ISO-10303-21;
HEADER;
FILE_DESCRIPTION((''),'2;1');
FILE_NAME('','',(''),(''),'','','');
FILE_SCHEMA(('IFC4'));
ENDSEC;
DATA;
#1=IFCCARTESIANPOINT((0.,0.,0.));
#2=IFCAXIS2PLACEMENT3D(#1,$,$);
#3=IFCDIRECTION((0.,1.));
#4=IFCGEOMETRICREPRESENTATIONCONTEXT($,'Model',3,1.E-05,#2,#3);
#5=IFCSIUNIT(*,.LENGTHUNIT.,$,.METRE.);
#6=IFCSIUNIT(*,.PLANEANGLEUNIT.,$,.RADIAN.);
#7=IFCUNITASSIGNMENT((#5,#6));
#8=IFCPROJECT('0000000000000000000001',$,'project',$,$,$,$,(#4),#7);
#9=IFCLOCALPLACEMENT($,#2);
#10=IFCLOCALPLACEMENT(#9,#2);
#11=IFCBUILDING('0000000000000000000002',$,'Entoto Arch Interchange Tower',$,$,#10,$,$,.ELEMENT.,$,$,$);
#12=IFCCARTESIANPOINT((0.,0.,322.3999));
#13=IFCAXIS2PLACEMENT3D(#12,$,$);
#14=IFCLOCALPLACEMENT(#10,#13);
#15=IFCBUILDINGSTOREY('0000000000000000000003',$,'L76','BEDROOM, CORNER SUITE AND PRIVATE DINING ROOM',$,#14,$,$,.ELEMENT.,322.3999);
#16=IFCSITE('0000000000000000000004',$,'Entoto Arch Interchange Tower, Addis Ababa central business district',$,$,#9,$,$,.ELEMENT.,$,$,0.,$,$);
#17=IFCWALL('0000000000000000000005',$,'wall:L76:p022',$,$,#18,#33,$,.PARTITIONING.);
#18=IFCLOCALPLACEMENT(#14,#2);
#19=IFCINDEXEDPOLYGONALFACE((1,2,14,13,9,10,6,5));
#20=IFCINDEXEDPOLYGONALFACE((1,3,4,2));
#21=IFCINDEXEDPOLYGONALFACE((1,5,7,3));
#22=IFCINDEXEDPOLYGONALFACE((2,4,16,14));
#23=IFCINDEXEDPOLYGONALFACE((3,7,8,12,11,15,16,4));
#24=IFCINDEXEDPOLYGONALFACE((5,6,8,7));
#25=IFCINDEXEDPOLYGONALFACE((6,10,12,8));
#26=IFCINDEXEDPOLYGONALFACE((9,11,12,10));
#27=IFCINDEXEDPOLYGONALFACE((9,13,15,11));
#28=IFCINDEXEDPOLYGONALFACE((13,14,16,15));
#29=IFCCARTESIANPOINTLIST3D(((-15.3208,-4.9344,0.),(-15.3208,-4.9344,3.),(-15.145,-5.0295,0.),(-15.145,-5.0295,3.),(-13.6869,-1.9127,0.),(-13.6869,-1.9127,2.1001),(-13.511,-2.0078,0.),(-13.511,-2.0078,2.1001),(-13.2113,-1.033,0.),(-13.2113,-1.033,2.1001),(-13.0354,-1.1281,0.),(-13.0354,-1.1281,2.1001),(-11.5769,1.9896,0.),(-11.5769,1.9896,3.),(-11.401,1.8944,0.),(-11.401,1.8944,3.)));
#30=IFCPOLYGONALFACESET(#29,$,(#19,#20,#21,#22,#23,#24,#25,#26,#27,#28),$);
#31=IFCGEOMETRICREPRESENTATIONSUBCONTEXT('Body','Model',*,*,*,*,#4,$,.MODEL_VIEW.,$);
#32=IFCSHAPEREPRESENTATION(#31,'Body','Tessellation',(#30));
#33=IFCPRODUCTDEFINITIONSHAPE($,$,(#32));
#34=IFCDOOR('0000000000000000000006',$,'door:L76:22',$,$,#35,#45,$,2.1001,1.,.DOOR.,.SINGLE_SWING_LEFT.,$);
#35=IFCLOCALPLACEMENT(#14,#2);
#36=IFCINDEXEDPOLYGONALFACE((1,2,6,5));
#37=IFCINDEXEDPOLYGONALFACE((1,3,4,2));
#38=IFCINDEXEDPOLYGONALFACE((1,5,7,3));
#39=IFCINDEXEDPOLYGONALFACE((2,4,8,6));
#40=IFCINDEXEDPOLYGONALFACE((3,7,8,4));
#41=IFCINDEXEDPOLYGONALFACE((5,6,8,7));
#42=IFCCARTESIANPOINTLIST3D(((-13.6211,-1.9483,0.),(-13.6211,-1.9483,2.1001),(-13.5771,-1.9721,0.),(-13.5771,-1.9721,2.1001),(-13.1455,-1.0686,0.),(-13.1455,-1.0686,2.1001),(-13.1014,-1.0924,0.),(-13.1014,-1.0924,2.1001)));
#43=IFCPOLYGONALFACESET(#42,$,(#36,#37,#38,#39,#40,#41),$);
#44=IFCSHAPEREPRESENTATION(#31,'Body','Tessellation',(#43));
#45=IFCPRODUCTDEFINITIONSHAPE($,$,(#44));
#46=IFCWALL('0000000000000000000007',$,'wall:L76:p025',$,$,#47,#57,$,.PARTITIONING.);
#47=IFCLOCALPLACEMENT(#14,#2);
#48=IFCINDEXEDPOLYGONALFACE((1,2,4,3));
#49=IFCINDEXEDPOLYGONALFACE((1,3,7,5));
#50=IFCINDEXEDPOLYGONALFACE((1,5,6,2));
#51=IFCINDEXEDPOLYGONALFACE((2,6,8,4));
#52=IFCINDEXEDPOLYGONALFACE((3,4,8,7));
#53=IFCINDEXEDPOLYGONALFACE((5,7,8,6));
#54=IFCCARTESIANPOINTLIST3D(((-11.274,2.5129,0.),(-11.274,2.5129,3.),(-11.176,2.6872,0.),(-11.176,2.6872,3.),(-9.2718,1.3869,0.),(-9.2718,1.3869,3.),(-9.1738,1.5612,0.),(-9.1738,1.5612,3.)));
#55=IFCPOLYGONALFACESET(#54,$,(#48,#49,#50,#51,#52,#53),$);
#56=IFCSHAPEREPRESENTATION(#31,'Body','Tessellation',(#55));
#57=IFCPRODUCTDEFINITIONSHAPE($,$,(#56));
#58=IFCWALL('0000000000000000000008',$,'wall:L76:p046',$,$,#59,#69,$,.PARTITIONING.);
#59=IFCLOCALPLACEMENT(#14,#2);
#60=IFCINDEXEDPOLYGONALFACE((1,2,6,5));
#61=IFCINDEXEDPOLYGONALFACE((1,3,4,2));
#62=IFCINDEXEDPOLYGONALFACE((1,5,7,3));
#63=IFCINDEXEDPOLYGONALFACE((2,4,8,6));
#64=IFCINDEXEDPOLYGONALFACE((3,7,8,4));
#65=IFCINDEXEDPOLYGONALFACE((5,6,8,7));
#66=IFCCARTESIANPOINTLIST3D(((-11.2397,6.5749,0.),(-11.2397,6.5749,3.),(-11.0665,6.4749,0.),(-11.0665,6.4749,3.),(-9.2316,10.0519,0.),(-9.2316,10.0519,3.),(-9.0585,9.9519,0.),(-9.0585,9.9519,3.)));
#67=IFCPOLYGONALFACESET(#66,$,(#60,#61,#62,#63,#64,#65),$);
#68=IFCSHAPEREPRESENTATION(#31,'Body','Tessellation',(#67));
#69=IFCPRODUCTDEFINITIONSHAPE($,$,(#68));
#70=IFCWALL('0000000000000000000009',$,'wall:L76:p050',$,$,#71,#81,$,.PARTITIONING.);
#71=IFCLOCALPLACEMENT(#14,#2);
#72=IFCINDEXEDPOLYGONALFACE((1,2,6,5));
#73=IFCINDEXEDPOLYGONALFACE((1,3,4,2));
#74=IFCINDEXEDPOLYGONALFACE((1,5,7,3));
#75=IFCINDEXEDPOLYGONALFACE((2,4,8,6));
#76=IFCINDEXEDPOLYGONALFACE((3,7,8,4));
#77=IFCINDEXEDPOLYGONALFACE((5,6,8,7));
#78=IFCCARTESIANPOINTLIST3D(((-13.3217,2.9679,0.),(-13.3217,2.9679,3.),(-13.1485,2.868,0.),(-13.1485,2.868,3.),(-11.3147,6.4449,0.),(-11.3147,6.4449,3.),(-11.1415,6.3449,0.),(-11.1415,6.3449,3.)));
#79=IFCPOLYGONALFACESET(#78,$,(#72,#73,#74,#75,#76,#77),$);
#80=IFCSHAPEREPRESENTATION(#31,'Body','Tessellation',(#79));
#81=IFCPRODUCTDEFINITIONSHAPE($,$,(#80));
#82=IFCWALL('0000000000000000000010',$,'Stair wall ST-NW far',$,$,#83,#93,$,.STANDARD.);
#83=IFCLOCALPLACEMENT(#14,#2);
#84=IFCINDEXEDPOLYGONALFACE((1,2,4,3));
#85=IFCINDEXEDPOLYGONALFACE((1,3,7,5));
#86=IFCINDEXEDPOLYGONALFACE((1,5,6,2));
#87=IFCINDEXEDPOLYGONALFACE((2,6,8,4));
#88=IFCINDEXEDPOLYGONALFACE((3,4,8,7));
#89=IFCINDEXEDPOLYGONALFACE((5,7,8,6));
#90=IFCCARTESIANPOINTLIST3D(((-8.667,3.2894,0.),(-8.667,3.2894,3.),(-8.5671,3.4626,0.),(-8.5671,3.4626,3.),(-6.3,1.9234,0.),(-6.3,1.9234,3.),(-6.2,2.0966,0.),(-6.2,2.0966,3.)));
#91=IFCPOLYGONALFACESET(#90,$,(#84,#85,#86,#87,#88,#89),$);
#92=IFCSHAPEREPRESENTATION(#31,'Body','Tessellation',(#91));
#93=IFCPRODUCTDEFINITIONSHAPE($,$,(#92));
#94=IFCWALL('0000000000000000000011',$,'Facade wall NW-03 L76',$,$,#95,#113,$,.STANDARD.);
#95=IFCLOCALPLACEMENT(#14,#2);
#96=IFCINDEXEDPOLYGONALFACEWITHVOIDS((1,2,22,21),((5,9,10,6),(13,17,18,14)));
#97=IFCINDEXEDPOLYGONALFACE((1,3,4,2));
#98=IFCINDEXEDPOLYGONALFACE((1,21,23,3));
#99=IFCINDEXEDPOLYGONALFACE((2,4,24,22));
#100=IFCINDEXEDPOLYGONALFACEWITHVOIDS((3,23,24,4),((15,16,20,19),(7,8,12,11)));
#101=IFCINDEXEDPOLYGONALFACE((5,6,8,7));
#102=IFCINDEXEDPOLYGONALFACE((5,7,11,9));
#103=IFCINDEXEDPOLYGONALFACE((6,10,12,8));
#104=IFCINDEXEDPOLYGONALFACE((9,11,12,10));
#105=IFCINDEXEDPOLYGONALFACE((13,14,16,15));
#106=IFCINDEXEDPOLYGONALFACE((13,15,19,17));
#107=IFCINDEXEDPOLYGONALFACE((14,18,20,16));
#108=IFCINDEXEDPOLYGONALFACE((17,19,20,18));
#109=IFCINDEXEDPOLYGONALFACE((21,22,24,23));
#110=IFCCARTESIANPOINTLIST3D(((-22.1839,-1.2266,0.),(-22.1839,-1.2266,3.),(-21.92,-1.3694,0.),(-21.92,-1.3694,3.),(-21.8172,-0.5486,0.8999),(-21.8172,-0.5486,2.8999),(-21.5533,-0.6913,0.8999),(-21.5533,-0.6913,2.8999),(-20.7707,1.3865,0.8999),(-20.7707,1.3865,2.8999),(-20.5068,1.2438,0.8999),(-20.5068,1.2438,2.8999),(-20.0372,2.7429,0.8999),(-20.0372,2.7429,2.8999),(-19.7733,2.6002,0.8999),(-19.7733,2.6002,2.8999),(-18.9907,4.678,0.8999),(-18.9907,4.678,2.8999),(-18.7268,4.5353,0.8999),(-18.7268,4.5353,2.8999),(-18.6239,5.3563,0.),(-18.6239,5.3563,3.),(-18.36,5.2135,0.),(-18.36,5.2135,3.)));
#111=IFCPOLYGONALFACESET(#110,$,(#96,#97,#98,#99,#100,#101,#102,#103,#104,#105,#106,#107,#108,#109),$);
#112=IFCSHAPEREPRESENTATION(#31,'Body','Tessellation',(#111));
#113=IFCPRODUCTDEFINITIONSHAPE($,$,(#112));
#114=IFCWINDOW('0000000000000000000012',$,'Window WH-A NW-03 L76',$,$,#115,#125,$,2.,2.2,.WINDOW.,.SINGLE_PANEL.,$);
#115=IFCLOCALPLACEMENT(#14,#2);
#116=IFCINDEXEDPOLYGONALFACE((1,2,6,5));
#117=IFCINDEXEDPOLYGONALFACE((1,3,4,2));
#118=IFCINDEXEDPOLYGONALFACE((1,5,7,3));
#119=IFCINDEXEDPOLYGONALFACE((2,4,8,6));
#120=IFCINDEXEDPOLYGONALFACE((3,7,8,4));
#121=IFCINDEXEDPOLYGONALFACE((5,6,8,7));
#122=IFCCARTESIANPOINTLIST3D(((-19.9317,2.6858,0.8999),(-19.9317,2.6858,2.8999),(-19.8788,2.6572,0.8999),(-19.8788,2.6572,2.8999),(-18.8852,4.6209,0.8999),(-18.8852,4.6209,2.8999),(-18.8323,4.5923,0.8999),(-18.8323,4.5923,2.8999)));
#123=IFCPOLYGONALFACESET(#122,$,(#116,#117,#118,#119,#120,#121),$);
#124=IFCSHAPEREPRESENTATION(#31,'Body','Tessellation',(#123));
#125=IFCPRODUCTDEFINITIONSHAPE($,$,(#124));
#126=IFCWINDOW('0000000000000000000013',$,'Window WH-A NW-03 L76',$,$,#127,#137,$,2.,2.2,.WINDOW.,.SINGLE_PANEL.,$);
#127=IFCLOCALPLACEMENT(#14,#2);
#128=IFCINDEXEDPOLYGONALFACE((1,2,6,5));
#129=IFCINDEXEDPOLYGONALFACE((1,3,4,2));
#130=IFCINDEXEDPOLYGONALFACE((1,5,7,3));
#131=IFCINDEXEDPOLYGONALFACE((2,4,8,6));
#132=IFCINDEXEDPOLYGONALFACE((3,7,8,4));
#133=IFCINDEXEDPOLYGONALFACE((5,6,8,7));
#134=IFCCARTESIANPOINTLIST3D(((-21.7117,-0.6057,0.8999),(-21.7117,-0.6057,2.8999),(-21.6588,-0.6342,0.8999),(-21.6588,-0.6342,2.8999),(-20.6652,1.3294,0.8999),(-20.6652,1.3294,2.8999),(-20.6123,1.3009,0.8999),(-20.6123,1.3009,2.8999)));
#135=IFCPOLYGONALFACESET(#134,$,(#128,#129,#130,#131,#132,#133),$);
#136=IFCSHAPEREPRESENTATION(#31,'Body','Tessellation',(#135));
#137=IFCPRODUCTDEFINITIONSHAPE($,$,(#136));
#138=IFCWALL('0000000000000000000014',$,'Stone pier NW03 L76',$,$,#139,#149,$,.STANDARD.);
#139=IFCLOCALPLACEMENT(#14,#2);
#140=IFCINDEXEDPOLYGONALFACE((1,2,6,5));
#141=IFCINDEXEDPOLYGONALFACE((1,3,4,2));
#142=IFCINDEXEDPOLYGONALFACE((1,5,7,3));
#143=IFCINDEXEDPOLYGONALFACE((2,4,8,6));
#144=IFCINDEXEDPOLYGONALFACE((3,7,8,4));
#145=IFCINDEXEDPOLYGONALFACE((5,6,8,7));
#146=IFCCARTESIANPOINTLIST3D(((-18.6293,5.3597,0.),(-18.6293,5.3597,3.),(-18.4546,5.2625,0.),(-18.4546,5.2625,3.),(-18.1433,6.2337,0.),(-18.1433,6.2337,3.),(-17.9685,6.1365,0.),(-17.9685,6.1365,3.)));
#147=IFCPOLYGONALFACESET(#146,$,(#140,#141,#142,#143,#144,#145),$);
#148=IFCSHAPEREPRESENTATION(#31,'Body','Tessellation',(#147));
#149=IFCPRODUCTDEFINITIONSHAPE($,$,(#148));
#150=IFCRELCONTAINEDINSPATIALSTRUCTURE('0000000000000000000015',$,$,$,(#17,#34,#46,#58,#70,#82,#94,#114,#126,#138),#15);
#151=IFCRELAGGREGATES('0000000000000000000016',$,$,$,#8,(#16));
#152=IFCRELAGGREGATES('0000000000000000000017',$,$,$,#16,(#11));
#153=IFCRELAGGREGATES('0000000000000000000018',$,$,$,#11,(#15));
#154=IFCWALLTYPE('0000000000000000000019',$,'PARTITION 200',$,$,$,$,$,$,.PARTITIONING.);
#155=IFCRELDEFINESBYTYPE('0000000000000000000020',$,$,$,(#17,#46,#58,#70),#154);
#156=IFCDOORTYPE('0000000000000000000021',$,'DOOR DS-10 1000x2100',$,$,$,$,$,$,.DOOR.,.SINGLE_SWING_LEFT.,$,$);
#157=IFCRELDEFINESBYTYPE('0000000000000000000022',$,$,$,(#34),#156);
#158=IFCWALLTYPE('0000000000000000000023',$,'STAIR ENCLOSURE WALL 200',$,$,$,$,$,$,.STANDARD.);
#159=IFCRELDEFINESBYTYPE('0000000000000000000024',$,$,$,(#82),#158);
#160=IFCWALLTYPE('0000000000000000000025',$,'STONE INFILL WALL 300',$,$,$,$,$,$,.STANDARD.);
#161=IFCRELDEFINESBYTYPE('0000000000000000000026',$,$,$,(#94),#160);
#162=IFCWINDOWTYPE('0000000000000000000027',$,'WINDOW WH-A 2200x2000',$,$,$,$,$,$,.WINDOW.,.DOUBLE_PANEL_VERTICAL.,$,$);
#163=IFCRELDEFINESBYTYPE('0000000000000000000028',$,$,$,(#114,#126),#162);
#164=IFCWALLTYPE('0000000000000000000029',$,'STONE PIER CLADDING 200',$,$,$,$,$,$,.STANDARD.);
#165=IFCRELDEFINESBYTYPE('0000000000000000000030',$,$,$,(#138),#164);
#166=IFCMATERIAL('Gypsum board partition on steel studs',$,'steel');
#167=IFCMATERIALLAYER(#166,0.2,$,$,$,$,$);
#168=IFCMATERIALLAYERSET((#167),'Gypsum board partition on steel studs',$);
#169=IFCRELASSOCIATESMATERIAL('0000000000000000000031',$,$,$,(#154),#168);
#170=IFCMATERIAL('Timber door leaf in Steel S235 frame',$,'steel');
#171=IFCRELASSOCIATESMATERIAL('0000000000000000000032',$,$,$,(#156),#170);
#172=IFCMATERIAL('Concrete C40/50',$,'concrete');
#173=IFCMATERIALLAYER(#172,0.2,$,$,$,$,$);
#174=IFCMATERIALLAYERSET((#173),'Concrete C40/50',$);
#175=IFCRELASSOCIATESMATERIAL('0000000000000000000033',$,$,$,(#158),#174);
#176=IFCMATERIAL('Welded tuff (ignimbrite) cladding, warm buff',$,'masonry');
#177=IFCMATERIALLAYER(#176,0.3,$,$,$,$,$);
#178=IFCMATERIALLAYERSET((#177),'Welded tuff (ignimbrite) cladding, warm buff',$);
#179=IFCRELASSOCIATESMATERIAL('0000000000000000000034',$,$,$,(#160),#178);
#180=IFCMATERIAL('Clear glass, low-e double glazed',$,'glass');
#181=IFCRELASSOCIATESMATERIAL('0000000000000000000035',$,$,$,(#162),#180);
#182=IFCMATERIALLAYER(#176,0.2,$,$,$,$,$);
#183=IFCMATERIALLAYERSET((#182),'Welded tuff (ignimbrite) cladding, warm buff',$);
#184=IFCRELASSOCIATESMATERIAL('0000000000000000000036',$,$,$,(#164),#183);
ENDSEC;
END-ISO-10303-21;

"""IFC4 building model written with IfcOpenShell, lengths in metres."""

from ifc_helpers import new_model, si_unit, direction, frame, frame_2d, origin, place, context, subcontext, project, spatial, rectangle, extrude, material, layer, layer_set, type_object, element, fill, save


model = new_model("IFC4")

# Units and contexts
model_context = context("Model", 3, precision=1e-05, world=origin(), true_north=direction((0.0, 1.0)))
body_context = subcontext(model_context, "Body", "Model", "MODEL_VIEW")
ifc_project = project(units=[si_unit("LENGTHUNIT", "METRE"), si_unit("PLANEANGLEUNIT", "RADIAN")], contexts=[model_context])

# Site, building, storey
site_placement = place(None, origin())
site = spatial("IfcSite", under=ifc_project, at=site_placement, Name="Entoto Arch Interchange Tower, Addis Ababa central business district", CompositionType="ELEMENT", RefElevation=0.0)
building_placement = place(site_placement, origin())
building = spatial("IfcBuilding", under=site, at=building_placement, Name="Entoto Arch Interchange Tower", CompositionType="ELEMENT")
storey_placement = place(building_placement, frame((0.0, 0.0, 322.3999)))
storey = spatial("IfcBuildingStorey", under=building, at=storey_placement, Name="L76", Description="BEDROOM, CORNER SUITE AND PRIVATE DINING ROOM", CompositionType="ELEMENT", Elevation=322.3999)

# Shared definitions
ifc_material_1 = material(Name="Concrete C40/50", Category="concrete")

# Shared definitions
ifc_material_2 = material(Name="Gypsum board partition on steel studs", Category="steel")
ifc_layer_1 = layer(ifc_material_2, 0.2)
ifc_layer_set_1 = layer_set([ifc_layer_1], Name="Gypsum board partition on steel studs")
wall_type_1 = type_object("IfcWallType", Name="PARTITION 200", PredefinedType="PARTITIONING", material=ifc_layer_set_1)

# Wall, opening, door
wall_1_placement = place(storey_placement, frame((-11.489, 1.9419, 0.0), z_axis=(0.0, 0.0, 1.0), x_axis=(-0.475644, -0.879638, 0.0)))
wall_1 = element("IfcWall", 1, at=wall_1_placement, inside=storey, type_object=wall_type_1, Name="wall:L76:p022", PredefinedType="PARTITIONING", context=body_context, shape_type="SweptSolid", body=[
    extrude(rectangle(XDim=7.8713, YDim=0.2, at=frame_2d((3.9355, 0.0))), origin(), (0.0, 0.0, 1.0), 3.0),
])
opening_1_placement = place(wall_1_placement, frame((3.436, 0.0, 0.0)))
opening_1 = element("IfcOpeningElement", 2, at=opening_1_placement, cuts=wall_1, PredefinedType="OPENING", context=body_context, shape_type="SweptSolid", body=[
    extrude(rectangle(XDim=1.0, YDim=2.1001, at=frame_2d((0.5, 1.05))), frame((0.0, 0.1099, 0.0), z_axis=(0.0, -1.0, 0.0), x_axis=(1.0, 0.0, 0.0)), (0.0, 0.0, 1.0), 0.22),
])
ifc_material_3 = material(Name="Timber door leaf in Steel S235 frame", Category="steel")
door_type_1 = type_object("IfcDoorType", Name="DOOR DS-10 1000x2100", OperationType="SINGLE_SWING_LEFT", PredefinedType="DOOR", material=ifc_material_3)
door_1_placement = place(opening_1_placement, origin())
door_1 = element("IfcDoor", 3, at=door_1_placement, inside=storey, type_object=door_type_1, Name="door:L76:22", OperationType="SINGLE_SWING_LEFT", OverallHeight=2.1001, OverallWidth=1.0, PredefinedType="DOOR", context=body_context, shape_type="SweptSolid", body=[
    extrude(rectangle(XDim=1.0, YDim=2.1001, at=frame_2d((0.5, 1.05))), frame((0.0, 0.0249, 0.0), z_axis=(0.0, -1.0, 0.0), x_axis=(1.0, 0.0, 0.0)), (0.0, 0.0, 1.0), 0.05),
])
fill(opening_1, door_1)

# Walls
wall_2_placement = place(storey_placement, frame((-9.2229, 1.4741, 0.0), z_axis=(0.0, 0.0, 1.0), x_axis=(-0.871624, 0.490175, 0.0)))
element("IfcWall", 4, at=wall_2_placement, inside=storey, type_object=wall_type_1, Name="wall:L76:p025", PredefinedType="PARTITIONING", context=body_context, shape_type="SweptSolid", body=[
    extrude(rectangle(XDim=2.2971, YDim=0.2, at=frame_2d((1.1484, 0.0))), origin(), (0.0, 0.0, 1.0), 3.0),
])
wall_3_placement = place(storey_placement, frame((-11.1531, 6.5249, 0.0), z_axis=(0.0, 0.0, 1.0), x_axis=(0.500108, 0.865963, 0.0)))
element("IfcWall", 5, at=wall_3_placement, inside=storey, type_object=wall_type_1, Name="wall:L76:p046", PredefinedType="PARTITIONING", context=body_context, shape_type="SweptSolid", body=[
    extrude(rectangle(XDim=4.0151, YDim=0.2, at=frame_2d((2.0076, 0.0))), origin(), (0.0, 0.0, 1.0), 3.0),
])
wall_4_placement = place(storey_placement, frame((-13.2351, 2.918, 0.0), z_axis=(0.0, 0.0, 1.0), x_axis=(0.499926, 0.866068, 0.0)))
element("IfcWall", 6, at=wall_4_placement, inside=storey, type_object=wall_type_1, Name="wall:L76:p050", PredefinedType="PARTITIONING", context=body_context, shape_type="SweptSolid", body=[
    extrude(rectangle(XDim=4.0146, YDim=0.2, at=frame_2d((2.0073, 0.0))), origin(), (0.0, 0.0, 1.0), 3.0),
])
ifc_layer_2 = layer(ifc_material_1, 0.2)
ifc_layer_set_2 = layer_set([ifc_layer_2], Name="Concrete C40/50")
wall_type_2 = type_object("IfcWallType", Name="STAIR ENCLOSURE WALL 200", PredefinedType="STANDARD", material=ifc_layer_set_2)
wall_5_placement = place(storey_placement, frame((-6.25, 2.01, 0.0), z_axis=(0.0, 0.0, 1.0), x_axis=(-0.866119, 0.499838, 0.0)))
element("IfcWall", 7, at=wall_5_placement, inside=storey, type_object=wall_type_2, Name="Stair wall ST-NW far", PredefinedType="STANDARD", context=body_context, shape_type="SweptSolid", body=[
    extrude(rectangle(XDim=2.7329, YDim=0.2, at=frame_2d((1.3665, 0.0))), origin(), (0.0, 0.0, 1.0), 3.0),
])

# Wall, openings, windows
ifc_material_4 = material(Name="Welded tuff (ignimbrite) cladding, warm buff", Category="masonry")
ifc_layer_3 = layer(ifc_material_4, 0.3)
ifc_layer_set_3 = layer_set([ifc_layer_3], Name="Welded tuff (ignimbrite) cladding, warm buff")
wall_type_3 = type_object("IfcWallType", Name="STONE INFILL WALL 300", PredefinedType="STANDARD", material=ifc_layer_set_3)
wall_6_placement = place(storey_placement, frame((-18.4919, 5.2849, 0.0), z_axis=(0.0, 0.0, 1.0), x_axis=(-0.47569, -0.879613, 0.0)))
wall_6 = element("IfcWall", 8, at=wall_6_placement, inside=storey, type_object=wall_type_3, Name="Facade wall NW-03 L76", PredefinedType="STANDARD", context=body_context, shape_type="SweptSolid", body=[
    extrude(rectangle(XDim=7.4839, YDim=0.3, at=frame_2d((3.7419, 0.0))), origin(), (0.0, 0.0, 1.0), 3.0),
])
opening_2_placement = place(wall_6_placement, frame((0.771, 0.0, 0.8999)))
opening_2 = element("IfcOpeningElement", 9, at=opening_2_placement, cuts=wall_6, PredefinedType="OPENING", context=body_context, shape_type="SweptSolid", body=[
    extrude(rectangle(XDim=2.2, YDim=2.0, at=frame_2d((1.1001, 1.0))), frame((0.0, 0.1602, 0.0), z_axis=(0.0, -1.0, 0.0), x_axis=(1.0, 0.0, 0.0)), (0.0, 0.0, 1.0), 0.3201),
])
opening_3_placement = place(wall_6_placement, frame((4.5129, 0.0, 0.8999)))
opening_3 = element("IfcOpeningElement", 10, at=opening_3_placement, cuts=wall_6, PredefinedType="OPENING", context=body_context, shape_type="SweptSolid", body=[
    extrude(rectangle(XDim=2.2, YDim=2.0, at=frame_2d((1.1001, 1.0))), frame((0.0, 0.1602, 0.0), z_axis=(0.0, -1.0, 0.0), x_axis=(1.0, 0.0, 0.0)), (0.0, 0.0, 1.0), 0.3201),
])
ifc_material_5 = material(Name="Clear glass, low-e double glazed", Category="glass")
window_type = type_object("IfcWindowType", Name="WINDOW WH-A 2200x2000", PartitioningType="DOUBLE_PANEL_VERTICAL", PredefinedType="WINDOW", material=ifc_material_5)
window_1_placement = place(opening_2_placement, origin())
window_1 = element("IfcWindow", 11, at=window_1_placement, inside=storey, type_object=window_type, Name="Window WH-A NW-03 L76", OverallHeight=2.0, OverallWidth=2.2, PartitioningType="SINGLE_PANEL", PredefinedType="WINDOW", context=body_context, shape_type="SweptSolid", body=[
    extrude(rectangle(XDim=2.2, YDim=2.0, at=frame_2d((1.1001, 1.0))), frame((0.0, 0.03, 0.0), z_axis=(0.0, -1.0, 0.0), x_axis=(1.0, 0.0, 0.0)), (0.0, 0.0, 1.0), 0.0601),
])
fill(opening_2, window_1)
window_2_placement = place(opening_3_placement, origin())
window_2 = element("IfcWindow", 12, at=window_2_placement, inside=storey, type_object=window_type, Name="Window WH-A NW-03 L76", OverallHeight=2.0, OverallWidth=2.2, PartitioningType="SINGLE_PANEL", PredefinedType="WINDOW", context=body_context, shape_type="SweptSolid", body=[
    extrude(rectangle(XDim=2.2, YDim=2.0, at=frame_2d((1.1001, 1.0))), frame((0.0, 0.03, 0.0), z_axis=(0.0, -1.0, 0.0), x_axis=(1.0, 0.0, 0.0)), (0.0, 0.0, 1.0), 0.0601),
])
fill(opening_3, window_2)

# Wall
ifc_layer_4 = layer(ifc_material_4, 0.2)
ifc_layer_set_4 = layer_set([ifc_layer_4], Name="Welded tuff (ignimbrite) cladding, warm buff")
wall_type_4 = type_object("IfcWallType", Name="STONE PIER CLADDING 200", PredefinedType="STANDARD", material=ifc_layer_set_4)
wall_7_placement = place(storey_placement, frame((-18.0559, 6.1851, 0.0), z_axis=(0.0, 0.0, 1.0), x_axis=(-0.486037, -0.873938, 0.0)))
element("IfcWall", 13, at=wall_7_placement, inside=storey, type_object=wall_type_4, Name="Stone pier NW03 L76", PredefinedType="STANDARD", context=body_context, shape_type="SweptSolid", body=[
    extrude(rectangle(XDim=1.0, YDim=0.2, at=frame_2d((0.5, 0.0))), origin(), (0.0, 0.0, 1.0), 3.0),
])

save(model, "model.ifc")
